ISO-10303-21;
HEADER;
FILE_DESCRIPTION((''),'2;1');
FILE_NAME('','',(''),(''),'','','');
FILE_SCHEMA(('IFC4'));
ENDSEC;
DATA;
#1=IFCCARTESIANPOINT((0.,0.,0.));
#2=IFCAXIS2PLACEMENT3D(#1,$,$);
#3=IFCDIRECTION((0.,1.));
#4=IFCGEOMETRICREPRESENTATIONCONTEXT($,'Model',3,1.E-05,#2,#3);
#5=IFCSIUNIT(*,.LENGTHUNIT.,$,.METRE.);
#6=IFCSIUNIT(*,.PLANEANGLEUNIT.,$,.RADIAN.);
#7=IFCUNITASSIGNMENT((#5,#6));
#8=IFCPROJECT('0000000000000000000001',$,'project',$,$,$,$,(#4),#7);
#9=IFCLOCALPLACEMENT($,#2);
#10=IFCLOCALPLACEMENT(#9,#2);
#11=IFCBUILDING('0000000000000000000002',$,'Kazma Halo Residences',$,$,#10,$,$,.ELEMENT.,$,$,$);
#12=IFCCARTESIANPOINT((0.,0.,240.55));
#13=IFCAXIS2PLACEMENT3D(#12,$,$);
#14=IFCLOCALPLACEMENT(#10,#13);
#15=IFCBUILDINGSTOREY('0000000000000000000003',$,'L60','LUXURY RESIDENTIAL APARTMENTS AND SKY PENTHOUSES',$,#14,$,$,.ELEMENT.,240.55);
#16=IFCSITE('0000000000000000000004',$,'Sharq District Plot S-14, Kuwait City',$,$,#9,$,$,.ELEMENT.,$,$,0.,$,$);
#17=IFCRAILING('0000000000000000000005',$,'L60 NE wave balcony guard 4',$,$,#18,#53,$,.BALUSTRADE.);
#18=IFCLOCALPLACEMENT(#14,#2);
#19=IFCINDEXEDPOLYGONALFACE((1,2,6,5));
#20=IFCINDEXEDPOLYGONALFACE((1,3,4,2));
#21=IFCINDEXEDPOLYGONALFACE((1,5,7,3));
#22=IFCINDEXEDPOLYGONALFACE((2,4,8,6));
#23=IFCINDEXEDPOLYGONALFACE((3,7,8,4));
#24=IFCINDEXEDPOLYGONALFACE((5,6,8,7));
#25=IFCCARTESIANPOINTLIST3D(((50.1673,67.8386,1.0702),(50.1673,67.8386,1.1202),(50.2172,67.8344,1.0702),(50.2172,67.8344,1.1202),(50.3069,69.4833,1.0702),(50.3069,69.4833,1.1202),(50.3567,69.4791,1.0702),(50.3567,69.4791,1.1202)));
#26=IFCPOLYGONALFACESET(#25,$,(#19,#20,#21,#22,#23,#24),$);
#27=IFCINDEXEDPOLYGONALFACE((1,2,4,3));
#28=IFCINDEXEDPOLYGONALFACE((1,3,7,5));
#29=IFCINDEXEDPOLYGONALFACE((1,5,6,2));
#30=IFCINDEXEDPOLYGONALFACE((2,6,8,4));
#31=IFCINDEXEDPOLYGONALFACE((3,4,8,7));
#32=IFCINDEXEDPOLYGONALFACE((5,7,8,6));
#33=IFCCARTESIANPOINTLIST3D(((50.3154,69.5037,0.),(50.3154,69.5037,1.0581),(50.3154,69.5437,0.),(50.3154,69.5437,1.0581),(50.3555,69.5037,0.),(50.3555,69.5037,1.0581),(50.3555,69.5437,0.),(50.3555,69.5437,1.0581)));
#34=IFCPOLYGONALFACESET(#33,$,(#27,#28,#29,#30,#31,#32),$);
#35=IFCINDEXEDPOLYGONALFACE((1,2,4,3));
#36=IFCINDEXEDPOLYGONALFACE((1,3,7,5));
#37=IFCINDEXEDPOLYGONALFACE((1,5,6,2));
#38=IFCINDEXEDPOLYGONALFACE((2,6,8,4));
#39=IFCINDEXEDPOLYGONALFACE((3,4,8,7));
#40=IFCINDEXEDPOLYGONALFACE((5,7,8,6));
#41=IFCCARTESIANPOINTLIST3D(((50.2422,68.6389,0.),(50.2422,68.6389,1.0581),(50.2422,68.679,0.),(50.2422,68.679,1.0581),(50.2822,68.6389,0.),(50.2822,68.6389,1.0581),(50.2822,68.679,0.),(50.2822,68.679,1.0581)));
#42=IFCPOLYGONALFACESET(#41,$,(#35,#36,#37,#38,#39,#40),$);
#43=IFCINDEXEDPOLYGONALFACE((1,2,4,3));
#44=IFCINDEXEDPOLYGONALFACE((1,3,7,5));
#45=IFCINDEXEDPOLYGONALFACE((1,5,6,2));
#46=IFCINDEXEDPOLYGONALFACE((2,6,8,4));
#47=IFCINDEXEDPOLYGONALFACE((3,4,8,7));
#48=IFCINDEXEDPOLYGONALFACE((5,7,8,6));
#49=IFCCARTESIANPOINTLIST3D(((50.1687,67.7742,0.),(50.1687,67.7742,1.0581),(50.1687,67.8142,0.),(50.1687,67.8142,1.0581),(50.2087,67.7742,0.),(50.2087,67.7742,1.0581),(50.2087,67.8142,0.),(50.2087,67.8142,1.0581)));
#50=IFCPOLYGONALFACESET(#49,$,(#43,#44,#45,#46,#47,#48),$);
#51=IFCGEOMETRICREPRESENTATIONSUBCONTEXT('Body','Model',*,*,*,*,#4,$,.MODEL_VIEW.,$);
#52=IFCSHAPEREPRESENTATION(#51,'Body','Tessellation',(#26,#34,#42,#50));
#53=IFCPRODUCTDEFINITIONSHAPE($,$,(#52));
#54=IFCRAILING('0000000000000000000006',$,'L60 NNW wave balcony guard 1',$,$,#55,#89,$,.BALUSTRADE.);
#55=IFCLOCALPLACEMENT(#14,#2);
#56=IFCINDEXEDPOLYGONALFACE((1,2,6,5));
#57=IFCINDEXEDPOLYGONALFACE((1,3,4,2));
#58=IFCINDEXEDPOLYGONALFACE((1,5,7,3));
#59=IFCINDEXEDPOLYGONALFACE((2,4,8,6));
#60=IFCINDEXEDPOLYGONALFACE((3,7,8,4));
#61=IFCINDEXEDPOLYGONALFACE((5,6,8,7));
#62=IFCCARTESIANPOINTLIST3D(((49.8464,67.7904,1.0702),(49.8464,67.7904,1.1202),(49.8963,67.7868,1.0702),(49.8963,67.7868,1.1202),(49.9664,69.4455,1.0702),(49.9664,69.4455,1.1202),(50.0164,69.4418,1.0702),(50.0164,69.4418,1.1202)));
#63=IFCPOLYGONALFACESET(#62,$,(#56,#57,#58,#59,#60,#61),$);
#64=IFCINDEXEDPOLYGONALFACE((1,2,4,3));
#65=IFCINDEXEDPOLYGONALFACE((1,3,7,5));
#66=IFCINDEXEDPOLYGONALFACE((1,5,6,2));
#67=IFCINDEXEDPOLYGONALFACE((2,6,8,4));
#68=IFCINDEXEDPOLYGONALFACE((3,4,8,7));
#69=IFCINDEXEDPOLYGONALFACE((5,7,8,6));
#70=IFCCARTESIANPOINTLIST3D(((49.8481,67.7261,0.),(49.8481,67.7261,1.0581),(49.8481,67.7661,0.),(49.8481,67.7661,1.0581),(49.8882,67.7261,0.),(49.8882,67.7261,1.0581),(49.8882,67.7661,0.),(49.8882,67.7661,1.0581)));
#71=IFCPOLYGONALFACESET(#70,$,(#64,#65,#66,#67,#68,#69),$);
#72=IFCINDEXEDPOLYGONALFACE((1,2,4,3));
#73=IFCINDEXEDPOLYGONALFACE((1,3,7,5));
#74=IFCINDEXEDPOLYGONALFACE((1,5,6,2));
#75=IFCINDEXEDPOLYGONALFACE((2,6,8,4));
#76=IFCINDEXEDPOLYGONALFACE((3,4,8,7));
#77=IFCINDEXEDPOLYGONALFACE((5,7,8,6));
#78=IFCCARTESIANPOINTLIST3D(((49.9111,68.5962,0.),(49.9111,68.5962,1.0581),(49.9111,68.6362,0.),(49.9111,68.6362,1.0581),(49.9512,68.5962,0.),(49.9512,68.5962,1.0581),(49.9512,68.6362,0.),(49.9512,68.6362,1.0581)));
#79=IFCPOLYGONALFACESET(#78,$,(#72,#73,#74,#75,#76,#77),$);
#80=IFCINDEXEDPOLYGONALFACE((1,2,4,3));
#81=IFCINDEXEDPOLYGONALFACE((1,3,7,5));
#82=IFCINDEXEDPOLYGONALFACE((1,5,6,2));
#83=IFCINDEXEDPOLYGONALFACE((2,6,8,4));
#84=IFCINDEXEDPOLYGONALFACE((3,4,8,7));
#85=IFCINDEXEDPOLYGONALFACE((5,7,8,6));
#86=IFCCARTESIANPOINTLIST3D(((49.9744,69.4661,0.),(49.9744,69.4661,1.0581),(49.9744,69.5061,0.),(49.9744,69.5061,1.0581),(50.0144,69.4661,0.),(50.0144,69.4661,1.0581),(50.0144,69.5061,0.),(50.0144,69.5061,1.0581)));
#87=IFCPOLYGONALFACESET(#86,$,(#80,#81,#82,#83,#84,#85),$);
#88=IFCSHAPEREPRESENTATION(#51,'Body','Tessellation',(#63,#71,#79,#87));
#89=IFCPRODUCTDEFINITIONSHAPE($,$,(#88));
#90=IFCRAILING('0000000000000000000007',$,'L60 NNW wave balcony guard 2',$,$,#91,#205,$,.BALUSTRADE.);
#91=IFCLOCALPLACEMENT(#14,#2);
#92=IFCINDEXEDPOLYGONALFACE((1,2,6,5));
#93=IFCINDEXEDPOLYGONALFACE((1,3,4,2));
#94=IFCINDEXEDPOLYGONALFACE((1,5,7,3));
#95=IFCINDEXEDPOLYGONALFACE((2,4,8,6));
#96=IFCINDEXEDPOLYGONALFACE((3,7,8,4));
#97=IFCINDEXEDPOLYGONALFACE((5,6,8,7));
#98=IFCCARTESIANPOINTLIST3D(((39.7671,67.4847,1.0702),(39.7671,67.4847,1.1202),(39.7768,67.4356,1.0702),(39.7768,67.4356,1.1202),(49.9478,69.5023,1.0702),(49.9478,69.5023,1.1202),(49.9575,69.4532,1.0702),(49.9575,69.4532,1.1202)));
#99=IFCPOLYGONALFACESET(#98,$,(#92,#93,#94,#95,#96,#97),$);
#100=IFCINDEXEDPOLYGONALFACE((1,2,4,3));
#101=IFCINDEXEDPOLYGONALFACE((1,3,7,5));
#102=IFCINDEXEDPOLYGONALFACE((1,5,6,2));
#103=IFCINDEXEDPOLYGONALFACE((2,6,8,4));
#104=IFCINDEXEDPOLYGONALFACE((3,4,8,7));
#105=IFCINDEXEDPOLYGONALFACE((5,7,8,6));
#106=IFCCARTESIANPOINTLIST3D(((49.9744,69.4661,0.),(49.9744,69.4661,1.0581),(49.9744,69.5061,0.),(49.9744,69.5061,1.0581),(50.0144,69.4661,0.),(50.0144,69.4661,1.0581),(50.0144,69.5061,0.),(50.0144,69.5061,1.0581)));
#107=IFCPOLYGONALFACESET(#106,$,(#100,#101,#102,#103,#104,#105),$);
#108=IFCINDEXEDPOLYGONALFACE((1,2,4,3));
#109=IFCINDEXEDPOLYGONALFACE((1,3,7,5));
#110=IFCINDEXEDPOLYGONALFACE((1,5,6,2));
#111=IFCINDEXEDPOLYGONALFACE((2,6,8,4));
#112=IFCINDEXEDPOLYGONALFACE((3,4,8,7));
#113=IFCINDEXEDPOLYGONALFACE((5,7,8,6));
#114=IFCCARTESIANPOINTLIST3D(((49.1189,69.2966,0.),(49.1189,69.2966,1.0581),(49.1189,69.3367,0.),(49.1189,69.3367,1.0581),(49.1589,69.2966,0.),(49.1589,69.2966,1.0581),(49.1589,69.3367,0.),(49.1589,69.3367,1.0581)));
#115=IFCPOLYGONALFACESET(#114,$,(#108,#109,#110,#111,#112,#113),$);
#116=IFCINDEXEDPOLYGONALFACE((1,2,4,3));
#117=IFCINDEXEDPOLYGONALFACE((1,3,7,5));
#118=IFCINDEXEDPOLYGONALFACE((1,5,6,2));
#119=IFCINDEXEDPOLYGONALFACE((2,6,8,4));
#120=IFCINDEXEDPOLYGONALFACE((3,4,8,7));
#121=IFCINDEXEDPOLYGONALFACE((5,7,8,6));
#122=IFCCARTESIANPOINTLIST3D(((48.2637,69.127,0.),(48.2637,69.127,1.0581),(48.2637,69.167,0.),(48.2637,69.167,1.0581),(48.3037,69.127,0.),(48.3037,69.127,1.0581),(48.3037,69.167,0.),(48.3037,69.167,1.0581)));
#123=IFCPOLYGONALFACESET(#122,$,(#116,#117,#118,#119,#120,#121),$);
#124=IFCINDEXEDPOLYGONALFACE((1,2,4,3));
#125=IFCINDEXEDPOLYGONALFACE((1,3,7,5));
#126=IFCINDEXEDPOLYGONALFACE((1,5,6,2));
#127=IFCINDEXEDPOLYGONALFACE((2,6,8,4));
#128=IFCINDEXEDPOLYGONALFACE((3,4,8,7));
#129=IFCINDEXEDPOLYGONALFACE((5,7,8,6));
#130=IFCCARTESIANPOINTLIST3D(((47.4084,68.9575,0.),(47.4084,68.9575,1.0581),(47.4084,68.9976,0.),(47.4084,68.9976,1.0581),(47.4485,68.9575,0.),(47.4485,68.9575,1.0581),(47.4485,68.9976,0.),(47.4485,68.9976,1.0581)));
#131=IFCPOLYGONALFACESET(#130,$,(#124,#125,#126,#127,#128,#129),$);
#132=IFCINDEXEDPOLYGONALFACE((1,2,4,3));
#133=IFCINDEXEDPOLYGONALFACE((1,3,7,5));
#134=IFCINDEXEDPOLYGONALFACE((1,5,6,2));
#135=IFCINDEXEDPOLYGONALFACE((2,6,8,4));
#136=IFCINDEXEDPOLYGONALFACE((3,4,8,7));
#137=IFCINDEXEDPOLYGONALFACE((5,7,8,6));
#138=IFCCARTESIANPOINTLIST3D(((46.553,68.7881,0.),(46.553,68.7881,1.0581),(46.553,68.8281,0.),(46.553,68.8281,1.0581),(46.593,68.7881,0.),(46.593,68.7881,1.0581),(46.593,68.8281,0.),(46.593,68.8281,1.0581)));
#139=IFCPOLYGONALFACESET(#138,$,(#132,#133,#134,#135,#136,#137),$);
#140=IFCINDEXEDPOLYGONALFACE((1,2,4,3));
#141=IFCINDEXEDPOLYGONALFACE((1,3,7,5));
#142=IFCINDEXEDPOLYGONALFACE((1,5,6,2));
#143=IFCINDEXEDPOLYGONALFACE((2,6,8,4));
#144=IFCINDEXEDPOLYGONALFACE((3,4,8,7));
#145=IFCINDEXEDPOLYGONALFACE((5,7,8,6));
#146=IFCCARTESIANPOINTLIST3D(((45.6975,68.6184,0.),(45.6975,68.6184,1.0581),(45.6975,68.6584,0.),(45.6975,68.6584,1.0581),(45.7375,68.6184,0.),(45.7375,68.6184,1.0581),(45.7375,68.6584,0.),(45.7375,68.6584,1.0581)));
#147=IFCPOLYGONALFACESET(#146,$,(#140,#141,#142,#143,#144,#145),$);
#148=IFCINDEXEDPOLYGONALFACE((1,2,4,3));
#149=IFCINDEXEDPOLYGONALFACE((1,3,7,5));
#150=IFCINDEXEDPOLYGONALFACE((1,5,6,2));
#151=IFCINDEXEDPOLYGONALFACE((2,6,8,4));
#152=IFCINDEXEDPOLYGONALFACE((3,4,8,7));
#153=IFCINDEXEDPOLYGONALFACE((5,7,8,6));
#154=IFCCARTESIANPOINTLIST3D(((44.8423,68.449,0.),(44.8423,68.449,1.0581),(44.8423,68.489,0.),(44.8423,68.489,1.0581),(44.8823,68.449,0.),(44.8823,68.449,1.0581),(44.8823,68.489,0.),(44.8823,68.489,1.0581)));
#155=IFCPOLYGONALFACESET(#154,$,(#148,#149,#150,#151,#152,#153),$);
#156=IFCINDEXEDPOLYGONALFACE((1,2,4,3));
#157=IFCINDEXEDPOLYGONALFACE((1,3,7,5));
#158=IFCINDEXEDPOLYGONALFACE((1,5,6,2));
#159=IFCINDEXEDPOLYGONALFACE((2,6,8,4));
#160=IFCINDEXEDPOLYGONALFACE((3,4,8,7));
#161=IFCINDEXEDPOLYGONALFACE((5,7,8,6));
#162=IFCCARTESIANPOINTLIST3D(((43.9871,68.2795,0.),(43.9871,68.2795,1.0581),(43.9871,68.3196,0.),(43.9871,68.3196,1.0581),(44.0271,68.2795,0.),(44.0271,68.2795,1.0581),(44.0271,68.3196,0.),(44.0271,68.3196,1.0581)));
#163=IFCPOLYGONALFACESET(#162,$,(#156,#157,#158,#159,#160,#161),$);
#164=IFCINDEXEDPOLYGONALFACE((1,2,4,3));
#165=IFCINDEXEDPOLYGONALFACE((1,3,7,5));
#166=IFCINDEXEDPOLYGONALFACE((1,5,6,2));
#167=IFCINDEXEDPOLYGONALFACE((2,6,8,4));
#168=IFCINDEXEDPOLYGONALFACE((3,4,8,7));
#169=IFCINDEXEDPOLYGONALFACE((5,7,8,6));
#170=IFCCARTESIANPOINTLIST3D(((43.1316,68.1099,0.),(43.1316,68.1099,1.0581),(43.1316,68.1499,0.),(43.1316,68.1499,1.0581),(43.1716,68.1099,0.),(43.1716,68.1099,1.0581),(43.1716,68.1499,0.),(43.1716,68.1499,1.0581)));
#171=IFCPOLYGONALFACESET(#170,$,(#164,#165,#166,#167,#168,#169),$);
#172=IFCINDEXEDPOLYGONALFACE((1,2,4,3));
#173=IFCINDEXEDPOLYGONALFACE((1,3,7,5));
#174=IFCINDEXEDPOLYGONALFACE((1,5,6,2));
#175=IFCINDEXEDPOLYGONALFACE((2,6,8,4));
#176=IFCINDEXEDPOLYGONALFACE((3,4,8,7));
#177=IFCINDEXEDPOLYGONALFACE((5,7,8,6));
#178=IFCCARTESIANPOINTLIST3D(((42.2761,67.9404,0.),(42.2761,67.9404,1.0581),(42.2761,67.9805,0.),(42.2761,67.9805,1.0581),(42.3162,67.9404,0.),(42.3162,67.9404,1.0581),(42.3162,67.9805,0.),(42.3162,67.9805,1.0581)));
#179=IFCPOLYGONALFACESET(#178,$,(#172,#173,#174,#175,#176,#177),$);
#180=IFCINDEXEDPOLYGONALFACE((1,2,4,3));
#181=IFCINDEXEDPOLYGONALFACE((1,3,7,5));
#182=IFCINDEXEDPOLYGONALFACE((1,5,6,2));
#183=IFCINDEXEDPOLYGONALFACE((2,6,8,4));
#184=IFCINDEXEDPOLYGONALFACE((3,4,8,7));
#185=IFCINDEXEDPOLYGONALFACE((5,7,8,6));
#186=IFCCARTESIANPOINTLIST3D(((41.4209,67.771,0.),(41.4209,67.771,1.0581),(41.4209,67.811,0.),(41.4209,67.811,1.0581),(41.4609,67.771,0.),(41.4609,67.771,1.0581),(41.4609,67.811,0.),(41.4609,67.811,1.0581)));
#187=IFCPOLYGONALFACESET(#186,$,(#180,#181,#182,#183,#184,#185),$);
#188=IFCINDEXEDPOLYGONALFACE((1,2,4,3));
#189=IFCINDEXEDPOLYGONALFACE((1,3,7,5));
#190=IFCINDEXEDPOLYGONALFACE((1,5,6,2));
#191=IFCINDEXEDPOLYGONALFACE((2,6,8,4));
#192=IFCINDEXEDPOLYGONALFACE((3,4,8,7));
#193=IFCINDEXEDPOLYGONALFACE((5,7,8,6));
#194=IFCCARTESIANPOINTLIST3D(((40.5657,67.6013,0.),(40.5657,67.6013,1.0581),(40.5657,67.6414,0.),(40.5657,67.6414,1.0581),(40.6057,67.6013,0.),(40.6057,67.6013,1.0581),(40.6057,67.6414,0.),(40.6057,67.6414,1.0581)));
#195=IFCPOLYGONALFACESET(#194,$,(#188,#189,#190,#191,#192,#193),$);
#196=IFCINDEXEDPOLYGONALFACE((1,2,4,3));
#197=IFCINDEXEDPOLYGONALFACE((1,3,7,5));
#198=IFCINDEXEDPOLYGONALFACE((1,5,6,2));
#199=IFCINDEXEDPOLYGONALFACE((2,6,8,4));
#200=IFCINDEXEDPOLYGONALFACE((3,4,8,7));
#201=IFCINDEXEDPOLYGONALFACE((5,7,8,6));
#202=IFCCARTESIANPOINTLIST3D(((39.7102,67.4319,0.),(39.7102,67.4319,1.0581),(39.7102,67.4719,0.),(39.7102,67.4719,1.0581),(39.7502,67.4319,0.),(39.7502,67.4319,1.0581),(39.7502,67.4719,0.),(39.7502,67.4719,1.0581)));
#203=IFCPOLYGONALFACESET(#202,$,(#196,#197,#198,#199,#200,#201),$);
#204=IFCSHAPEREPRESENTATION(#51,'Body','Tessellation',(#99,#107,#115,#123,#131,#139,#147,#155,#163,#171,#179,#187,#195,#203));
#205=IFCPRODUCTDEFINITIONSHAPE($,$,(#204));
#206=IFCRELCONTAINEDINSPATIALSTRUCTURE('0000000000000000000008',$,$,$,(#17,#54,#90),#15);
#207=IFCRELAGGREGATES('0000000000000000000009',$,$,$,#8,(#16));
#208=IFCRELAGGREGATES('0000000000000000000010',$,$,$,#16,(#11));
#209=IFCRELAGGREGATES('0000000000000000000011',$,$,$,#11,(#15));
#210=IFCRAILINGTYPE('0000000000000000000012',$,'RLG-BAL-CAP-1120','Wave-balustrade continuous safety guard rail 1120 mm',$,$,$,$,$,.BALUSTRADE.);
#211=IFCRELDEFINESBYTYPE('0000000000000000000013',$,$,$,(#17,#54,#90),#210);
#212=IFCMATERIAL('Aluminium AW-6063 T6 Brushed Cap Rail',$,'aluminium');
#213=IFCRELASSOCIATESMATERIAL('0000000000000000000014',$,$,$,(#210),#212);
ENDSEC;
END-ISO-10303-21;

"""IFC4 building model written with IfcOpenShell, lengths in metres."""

from ifc_helpers import new_model, si_unit, direction, frame, origin, origin_2d, place, context, subcontext, project, spatial, rectangle, extrude, material, type_object, element, save


model = new_model("IFC4")

# Units and contexts
model_context = context("Model", 3, precision=1e-05, world=origin(), true_north=direction((0.0, 1.0)))
body_context = subcontext(model_context, "Body", "Model", "MODEL_VIEW")
ifc_project = project(units=[si_unit("LENGTHUNIT", "METRE"), si_unit("PLANEANGLEUNIT", "RADIAN")], contexts=[model_context])

# Site, building, storey
site_placement = place(None, origin())
site = spatial("IfcSite", under=ifc_project, at=site_placement, Name="Sharq District Plot S-14, Kuwait City", CompositionType="ELEMENT", RefElevation=0.0)
building_placement = place(site_placement, origin())
building = spatial("IfcBuilding", under=site, at=building_placement, Name="Kazma Halo Residences", CompositionType="ELEMENT")
storey_placement = place(building_placement, frame((0.0, 0.0, 240.55)))
storey = spatial("IfcBuildingStorey", under=building, at=storey_placement, Name="L60", Description="LUXURY RESIDENTIAL APARTMENTS AND SKY PENTHOUSES", CompositionType="ELEMENT", Elevation=240.55)

# Railings
ifc_material_1 = material(Name="Aluminium AW-6063 T6 Brushed Cap Rail", Category="aluminium")
railing_type = type_object("IfcRailingType", Name="RLG-BAL-CAP-1120", Description="Wave-balustrade continuous safety guard rail 1120 mm", PredefinedType="BALUSTRADE", material=ifc_material_1)
railing_1_placement = place(storey_placement, frame((50.3354, 69.5237, 0.0)))
element("IfcRailing", 1, at=railing_1_placement, inside=storey, type_object=railing_type, Name="L60 NE wave balcony guard 4", PredefinedType="BALUSTRADE", context=body_context, shape_type="SweptSolid", body=[
    extrude(rectangle(XDim=0.05, YDim=0.05, at=origin_2d()), frame((-0.0037, -0.0425, 1.0952), z_axis=(-0.084535, -0.99642, 0.0), x_axis=(0.99642, -0.084535, 0.0)), (0.0, 0.0, 1.0), 1.6506),
    extrude(rectangle(XDim=0.04, YDim=0.04, at=origin_2d()), origin(), (0.0, 0.0, 1.0), 1.0581),
    extrude(rectangle(XDim=0.04, YDim=0.04, at=origin_2d()), frame((-0.0732, -0.8647, 0.0)), (0.0, 0.0, 1.0), 1.0581),
    extrude(rectangle(XDim=0.04, YDim=0.04, at=origin_2d()), frame((-0.1467, -1.7295, 0.0)), (0.0, 0.0, 1.0), 1.0581),
])
railing_2_placement = place(storey_placement, frame((49.8682, 67.7461, 0.0)))
element("IfcRailing", 2, at=railing_2_placement, inside=storey, type_object=railing_type, Name="L60 NNW wave balcony guard 1", PredefinedType="BALUSTRADE", context=body_context, shape_type="SweptSolid", body=[
    extrude(rectangle(XDim=0.05, YDim=0.05, at=origin_2d()), frame((0.0032, 0.0425, 1.0952), z_axis=(0.072351, 0.997379, 0.0), x_axis=(-0.997379, 0.072351, 0.0)), (0.0, 0.0, 1.0), 1.6594),
    extrude(rectangle(XDim=0.04, YDim=0.04, at=origin_2d()), origin(), (0.0, 0.0, 1.0), 1.0581),
    extrude(rectangle(XDim=0.04, YDim=0.04, at=origin_2d()), frame((0.063, 0.8701, 0.0)), (0.0, 0.0, 1.0), 1.0581),
    extrude(rectangle(XDim=0.04, YDim=0.04, at=origin_2d()), frame((0.1262, 1.74, 0.0)), (0.0, 0.0, 1.0), 1.0581),
])
railing_3_placement = place(storey_placement, frame((49.9944, 69.4861, 0.0)))
element("IfcRailing", 3, at=railing_3_placement, inside=storey, type_object=railing_type, Name="L60 NNW wave balcony guard 2", PredefinedType="BALUSTRADE", context=body_context, shape_type="SweptSolid", body=[
    extrude(rectangle(XDim=0.05, YDim=0.05, at=origin_2d()), frame((-0.0417, -0.0083, 1.0952), z_axis=(-0.980922, -0.194402, 0.0), x_axis=(0.194402, -0.980922, 0.0)), (0.0, 0.0, 1.0), 10.3787),
    extrude(rectangle(XDim=0.04, YDim=0.04, at=origin_2d()), origin(), (0.0, 0.0, 1.0), 1.0581),
    extrude(rectangle(XDim=0.04, YDim=0.04, at=origin_2d()), frame((-0.8555, -0.1694, 0.0)), (0.0, 0.0, 1.0), 1.0581),
    extrude(rectangle(XDim=0.04, YDim=0.04, at=origin_2d()), frame((-1.7107, -0.3391, 0.0)), (0.0, 0.0, 1.0), 1.0581),
    extrude(rectangle(XDim=0.04, YDim=0.04, at=origin_2d()), frame((-2.5659, -0.5085, 0.0)), (0.0, 0.0, 1.0), 1.0581),
    extrude(rectangle(XDim=0.04, YDim=0.04, at=origin_2d()), frame((-3.4214, -0.678, 0.0)), (0.0, 0.0, 1.0), 1.0581),
    extrude(rectangle(XDim=0.04, YDim=0.04, at=origin_2d()), frame((-4.2769, -0.8477, 0.0)), (0.0, 0.0, 1.0), 1.0581),
    extrude(rectangle(XDim=0.04, YDim=0.04, at=origin_2d()), frame((-5.1321, -1.0171, 0.0)), (0.0, 0.0, 1.0), 1.0581),
    extrude(rectangle(XDim=0.04, YDim=0.04, at=origin_2d()), frame((-5.9873, -1.1865, 0.0)), (0.0, 0.0, 1.0), 1.0581),
    extrude(rectangle(XDim=0.04, YDim=0.04, at=origin_2d()), frame((-6.8428, -1.3562, 0.0)), (0.0, 0.0, 1.0), 1.0581),
    extrude(rectangle(XDim=0.04, YDim=0.04, at=origin_2d()), frame((-7.6982, -1.5256, 0.0)), (0.0, 0.0, 1.0), 1.0581),
    extrude(rectangle(XDim=0.04, YDim=0.04, at=origin_2d()), frame((-8.5535, -1.6951, 0.0)), (0.0, 0.0, 1.0), 1.0581),
    extrude(rectangle(XDim=0.04, YDim=0.04, at=origin_2d()), frame((-9.4087, -1.8647, 0.0)), (0.0, 0.0, 1.0), 1.0581),
    extrude(rectangle(XDim=0.04, YDim=0.04, at=origin_2d()), frame((-10.2642, -2.0342, 0.0)), (0.0, 0.0, 1.0), 1.0581),
])

save(model, "model.ifc")
